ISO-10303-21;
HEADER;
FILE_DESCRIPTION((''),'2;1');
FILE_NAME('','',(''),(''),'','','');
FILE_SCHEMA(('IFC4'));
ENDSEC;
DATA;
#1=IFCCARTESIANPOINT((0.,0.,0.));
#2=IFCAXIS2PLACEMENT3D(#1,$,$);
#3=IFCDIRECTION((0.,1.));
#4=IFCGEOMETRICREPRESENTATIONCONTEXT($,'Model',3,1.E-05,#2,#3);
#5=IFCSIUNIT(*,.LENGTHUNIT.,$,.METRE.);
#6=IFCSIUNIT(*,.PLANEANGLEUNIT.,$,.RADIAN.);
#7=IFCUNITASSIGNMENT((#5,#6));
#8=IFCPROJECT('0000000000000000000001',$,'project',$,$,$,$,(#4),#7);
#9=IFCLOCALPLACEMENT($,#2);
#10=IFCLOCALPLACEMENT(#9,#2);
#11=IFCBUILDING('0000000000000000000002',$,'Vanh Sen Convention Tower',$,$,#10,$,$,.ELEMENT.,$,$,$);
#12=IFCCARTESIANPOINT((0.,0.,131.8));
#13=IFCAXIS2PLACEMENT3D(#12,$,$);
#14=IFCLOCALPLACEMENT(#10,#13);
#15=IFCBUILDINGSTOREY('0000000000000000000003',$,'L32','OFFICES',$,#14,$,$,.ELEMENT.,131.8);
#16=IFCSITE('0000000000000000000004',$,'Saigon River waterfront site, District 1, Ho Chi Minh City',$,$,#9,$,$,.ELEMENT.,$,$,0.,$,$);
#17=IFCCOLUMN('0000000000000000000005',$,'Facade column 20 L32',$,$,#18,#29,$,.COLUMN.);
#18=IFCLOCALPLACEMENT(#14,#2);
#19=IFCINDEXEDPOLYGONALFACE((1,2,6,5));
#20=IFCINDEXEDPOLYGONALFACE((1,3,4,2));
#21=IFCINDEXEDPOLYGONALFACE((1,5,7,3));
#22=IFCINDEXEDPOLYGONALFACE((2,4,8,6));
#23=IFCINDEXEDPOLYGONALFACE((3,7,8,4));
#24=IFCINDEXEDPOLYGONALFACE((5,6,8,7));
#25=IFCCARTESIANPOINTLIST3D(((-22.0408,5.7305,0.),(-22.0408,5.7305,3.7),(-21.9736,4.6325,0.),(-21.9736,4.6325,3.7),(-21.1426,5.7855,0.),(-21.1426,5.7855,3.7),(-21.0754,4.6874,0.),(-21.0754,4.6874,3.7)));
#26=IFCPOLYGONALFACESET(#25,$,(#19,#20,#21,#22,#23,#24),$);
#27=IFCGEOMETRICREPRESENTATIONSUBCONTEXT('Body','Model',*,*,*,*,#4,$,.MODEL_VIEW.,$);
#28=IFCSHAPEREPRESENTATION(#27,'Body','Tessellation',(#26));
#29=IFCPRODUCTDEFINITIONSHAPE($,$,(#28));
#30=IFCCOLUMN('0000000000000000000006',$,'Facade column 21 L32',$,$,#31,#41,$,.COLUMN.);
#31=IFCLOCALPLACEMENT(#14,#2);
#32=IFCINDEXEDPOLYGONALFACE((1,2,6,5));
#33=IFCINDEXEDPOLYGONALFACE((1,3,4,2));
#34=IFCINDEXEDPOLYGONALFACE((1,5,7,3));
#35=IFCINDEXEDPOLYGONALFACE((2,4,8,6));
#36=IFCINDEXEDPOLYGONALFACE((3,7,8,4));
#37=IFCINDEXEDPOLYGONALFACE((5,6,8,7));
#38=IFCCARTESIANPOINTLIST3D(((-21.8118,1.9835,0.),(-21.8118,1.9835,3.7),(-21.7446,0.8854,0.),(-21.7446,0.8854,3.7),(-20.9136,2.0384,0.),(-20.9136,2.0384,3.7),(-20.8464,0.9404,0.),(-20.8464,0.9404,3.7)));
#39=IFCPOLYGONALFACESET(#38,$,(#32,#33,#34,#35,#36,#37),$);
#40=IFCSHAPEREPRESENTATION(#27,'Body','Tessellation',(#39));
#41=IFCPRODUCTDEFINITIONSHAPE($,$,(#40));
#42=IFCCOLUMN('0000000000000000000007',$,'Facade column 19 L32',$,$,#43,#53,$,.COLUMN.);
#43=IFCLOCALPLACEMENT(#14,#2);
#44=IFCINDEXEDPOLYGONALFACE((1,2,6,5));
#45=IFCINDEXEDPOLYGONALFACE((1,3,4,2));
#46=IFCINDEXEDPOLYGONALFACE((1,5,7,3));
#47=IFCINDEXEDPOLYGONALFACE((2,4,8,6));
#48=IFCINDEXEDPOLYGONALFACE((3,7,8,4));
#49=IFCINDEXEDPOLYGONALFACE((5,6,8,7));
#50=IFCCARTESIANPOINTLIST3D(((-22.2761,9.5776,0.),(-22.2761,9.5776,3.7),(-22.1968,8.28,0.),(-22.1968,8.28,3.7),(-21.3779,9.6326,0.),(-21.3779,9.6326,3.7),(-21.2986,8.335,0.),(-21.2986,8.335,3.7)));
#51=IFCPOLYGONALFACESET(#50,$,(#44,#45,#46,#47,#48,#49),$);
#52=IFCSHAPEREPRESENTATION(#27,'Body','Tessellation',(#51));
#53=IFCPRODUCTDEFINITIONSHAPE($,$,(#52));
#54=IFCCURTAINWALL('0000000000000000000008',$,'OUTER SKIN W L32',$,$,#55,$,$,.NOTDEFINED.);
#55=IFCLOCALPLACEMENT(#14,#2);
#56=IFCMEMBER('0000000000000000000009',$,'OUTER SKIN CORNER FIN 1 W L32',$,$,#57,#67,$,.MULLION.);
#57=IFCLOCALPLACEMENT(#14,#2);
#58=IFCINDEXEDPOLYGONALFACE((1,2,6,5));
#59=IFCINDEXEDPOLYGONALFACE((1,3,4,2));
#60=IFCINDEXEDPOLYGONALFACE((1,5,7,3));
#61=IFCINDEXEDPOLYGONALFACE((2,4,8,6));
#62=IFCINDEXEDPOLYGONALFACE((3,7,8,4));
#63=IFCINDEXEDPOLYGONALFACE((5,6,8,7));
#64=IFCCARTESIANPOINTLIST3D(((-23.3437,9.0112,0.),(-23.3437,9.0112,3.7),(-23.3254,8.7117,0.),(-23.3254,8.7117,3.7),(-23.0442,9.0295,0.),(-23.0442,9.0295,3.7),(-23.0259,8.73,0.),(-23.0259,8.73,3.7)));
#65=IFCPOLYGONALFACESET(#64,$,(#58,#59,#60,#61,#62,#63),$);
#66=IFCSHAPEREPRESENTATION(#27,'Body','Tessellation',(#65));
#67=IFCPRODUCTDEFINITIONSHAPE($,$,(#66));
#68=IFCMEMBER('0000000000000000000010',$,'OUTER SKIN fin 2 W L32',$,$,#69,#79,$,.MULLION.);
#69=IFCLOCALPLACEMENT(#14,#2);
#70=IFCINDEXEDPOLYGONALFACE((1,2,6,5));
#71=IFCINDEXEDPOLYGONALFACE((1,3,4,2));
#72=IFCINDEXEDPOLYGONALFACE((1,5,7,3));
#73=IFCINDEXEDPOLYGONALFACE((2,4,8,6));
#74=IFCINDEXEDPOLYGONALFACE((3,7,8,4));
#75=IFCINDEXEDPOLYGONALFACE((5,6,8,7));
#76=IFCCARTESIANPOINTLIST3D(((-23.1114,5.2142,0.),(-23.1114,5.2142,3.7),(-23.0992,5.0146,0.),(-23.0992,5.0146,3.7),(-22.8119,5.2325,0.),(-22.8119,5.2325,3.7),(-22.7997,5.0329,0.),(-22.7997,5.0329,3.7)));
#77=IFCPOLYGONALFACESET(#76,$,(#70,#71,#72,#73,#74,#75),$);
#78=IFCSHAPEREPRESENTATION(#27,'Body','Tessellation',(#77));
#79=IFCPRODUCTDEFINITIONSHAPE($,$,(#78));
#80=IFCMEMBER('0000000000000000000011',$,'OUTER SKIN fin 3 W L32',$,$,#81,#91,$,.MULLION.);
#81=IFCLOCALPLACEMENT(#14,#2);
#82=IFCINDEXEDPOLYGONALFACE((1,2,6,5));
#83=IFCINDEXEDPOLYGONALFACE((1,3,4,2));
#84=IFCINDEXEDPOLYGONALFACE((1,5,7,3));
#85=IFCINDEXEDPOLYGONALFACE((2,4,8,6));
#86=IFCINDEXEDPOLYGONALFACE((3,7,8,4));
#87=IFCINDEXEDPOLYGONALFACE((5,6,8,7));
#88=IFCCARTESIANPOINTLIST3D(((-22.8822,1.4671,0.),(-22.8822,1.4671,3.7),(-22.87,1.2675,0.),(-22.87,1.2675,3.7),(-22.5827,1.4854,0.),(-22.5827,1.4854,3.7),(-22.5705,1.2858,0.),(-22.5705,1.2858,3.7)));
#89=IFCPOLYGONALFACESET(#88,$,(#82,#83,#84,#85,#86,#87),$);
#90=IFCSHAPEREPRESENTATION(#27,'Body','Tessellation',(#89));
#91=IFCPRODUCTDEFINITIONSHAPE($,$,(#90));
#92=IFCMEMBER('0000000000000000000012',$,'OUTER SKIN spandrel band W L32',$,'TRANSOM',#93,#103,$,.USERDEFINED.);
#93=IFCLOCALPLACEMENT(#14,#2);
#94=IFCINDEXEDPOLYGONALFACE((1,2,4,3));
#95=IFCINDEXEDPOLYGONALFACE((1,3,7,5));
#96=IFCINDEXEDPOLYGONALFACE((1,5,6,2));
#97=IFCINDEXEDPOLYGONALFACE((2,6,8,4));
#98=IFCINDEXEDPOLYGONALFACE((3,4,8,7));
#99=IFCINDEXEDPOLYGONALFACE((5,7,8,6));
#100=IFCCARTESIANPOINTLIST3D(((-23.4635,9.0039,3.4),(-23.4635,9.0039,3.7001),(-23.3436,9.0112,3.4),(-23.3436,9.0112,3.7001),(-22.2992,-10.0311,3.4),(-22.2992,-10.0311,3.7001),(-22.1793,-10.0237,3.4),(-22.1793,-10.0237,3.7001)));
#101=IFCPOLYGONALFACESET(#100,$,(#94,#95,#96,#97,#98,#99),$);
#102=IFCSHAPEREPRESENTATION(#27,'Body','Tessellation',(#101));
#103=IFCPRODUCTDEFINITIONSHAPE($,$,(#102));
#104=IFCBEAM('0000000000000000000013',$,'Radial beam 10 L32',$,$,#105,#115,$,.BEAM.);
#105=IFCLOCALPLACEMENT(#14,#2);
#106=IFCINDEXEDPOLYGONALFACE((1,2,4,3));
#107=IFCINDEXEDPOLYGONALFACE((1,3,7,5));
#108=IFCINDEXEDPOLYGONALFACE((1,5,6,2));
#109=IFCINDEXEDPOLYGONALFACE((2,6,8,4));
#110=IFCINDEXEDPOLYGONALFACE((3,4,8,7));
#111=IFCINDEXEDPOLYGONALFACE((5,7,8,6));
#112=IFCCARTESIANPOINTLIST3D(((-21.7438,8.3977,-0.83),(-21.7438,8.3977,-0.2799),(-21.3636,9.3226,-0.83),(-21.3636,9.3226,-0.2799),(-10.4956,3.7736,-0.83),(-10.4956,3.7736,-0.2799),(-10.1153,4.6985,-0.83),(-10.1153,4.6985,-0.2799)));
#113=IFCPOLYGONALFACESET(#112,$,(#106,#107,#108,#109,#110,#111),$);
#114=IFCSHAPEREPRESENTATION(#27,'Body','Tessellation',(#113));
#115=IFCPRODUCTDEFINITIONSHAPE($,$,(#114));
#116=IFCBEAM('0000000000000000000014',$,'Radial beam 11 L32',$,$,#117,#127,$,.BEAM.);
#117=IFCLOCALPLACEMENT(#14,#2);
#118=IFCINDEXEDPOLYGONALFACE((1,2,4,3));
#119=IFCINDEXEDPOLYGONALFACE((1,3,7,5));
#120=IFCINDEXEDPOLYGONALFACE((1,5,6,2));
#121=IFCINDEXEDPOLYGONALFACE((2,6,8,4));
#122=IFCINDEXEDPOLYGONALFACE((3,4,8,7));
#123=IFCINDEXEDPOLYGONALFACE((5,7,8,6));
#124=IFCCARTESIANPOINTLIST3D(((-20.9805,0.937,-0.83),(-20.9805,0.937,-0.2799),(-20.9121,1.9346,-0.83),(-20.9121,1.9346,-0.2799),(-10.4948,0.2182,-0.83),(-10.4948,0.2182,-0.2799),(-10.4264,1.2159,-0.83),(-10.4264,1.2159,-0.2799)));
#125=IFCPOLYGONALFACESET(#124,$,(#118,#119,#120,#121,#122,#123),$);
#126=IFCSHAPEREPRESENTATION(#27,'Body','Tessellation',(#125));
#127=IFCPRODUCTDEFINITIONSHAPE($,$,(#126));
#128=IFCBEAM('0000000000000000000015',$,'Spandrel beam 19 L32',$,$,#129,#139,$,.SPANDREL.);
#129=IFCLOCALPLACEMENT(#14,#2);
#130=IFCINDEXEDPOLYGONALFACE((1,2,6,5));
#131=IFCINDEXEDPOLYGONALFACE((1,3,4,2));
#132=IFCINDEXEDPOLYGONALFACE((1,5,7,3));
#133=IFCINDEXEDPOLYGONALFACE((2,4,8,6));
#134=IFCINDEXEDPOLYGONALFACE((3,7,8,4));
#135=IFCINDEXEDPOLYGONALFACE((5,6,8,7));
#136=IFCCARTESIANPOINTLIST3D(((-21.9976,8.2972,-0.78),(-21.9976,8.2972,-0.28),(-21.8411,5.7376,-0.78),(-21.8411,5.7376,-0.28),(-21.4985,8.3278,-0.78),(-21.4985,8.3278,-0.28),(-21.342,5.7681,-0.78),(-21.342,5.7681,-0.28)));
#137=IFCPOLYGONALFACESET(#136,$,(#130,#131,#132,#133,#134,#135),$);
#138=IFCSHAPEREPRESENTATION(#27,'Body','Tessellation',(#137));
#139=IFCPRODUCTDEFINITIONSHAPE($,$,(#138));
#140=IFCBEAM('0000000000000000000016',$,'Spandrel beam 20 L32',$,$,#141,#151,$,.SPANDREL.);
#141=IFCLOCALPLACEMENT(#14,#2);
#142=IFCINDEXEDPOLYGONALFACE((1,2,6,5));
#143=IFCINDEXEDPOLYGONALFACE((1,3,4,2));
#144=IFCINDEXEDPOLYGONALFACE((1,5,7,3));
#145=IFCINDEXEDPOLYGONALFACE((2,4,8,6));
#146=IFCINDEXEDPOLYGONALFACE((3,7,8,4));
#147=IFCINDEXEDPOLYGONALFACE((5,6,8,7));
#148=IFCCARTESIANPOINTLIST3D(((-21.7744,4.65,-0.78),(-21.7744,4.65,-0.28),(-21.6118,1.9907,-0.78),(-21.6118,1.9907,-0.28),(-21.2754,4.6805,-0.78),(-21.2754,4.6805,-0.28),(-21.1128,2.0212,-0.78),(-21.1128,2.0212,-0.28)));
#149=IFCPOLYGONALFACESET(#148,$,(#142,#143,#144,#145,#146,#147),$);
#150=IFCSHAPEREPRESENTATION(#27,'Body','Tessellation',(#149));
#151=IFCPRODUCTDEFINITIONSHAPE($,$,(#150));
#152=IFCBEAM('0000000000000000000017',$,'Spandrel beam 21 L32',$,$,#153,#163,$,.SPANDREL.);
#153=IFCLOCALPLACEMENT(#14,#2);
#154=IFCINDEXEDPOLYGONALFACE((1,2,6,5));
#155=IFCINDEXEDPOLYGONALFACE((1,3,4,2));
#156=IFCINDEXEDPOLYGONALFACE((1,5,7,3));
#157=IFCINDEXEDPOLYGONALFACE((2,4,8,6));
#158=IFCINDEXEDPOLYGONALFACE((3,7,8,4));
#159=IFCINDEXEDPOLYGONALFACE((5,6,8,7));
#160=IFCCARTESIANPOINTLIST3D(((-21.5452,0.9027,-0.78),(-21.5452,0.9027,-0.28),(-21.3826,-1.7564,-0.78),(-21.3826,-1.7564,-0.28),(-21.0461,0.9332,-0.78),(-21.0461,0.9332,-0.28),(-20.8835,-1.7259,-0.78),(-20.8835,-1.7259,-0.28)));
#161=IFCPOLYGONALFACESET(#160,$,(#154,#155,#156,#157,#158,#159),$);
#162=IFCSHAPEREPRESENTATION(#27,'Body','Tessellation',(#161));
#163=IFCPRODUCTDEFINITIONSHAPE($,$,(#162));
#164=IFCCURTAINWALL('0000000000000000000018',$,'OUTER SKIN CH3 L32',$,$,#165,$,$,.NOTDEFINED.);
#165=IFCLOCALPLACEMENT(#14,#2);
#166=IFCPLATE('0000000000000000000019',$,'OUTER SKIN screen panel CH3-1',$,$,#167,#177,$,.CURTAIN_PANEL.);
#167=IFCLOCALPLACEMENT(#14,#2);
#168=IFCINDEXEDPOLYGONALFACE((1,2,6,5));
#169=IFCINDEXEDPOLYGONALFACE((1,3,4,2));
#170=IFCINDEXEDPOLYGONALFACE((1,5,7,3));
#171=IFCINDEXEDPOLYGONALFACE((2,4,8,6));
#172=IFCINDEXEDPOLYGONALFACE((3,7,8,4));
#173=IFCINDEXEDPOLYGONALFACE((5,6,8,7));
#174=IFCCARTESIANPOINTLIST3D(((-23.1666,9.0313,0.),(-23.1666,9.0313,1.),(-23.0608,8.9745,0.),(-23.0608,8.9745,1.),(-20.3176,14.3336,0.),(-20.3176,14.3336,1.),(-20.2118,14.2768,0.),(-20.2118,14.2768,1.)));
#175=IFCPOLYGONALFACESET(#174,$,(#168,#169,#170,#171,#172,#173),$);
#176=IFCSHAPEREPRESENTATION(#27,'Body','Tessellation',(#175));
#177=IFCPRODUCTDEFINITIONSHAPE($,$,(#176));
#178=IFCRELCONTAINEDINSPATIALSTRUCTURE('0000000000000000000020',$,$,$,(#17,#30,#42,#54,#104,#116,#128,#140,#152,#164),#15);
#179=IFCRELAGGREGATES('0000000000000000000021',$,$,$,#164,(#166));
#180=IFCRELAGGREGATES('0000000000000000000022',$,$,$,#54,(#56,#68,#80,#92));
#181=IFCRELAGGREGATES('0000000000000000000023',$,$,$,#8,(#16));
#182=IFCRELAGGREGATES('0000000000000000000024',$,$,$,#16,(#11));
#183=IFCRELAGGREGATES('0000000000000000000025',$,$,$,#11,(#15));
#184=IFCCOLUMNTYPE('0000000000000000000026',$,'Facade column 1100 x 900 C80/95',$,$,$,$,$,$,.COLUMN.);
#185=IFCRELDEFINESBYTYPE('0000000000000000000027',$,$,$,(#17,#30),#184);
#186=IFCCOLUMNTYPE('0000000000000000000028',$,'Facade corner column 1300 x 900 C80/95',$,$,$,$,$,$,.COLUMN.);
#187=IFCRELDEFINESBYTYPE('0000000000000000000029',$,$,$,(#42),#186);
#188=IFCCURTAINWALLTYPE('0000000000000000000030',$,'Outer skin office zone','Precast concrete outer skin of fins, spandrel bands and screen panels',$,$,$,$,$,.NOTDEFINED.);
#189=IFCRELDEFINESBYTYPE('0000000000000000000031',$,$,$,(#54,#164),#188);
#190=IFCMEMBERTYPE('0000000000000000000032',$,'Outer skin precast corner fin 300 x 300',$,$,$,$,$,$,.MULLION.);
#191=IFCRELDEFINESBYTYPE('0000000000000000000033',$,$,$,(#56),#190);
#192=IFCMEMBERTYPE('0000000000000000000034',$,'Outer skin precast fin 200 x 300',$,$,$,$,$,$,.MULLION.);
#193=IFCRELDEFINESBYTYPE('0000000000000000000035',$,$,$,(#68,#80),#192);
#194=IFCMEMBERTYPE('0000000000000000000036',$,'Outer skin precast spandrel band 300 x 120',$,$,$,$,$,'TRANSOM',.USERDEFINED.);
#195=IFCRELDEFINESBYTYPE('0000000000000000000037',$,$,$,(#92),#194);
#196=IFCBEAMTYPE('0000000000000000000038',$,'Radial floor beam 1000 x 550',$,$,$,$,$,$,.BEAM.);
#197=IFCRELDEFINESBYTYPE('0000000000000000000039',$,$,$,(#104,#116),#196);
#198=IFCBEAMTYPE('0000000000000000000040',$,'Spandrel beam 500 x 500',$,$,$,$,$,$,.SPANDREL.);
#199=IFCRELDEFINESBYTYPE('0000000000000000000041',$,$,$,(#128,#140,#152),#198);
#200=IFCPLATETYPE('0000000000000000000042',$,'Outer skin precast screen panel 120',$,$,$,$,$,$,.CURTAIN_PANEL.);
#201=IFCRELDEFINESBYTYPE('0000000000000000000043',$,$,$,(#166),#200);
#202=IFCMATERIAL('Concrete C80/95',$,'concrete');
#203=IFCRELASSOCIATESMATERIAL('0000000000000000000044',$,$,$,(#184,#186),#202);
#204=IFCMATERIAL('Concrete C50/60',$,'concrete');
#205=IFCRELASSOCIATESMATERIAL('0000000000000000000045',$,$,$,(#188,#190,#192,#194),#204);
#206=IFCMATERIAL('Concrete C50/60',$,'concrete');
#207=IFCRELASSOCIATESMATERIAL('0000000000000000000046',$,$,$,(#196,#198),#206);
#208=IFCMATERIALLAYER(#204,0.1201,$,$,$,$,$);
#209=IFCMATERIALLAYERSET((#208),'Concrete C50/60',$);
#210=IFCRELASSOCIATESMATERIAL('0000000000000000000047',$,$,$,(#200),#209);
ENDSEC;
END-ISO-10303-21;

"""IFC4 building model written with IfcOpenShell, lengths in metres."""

from ifc_helpers import new_model, si_unit, direction, frame, origin, origin_2d, place, context, subcontext, project, spatial, rectangle, extrude, material, layer, layer_set, material_profile, profile_set, type_object, element, aggregate, save


model = new_model("IFC4")

# Units and contexts
model_context = context("Model", 3, precision=1e-05, world=origin(), true_north=direction((0.0, 1.0)))
body_context = subcontext(model_context, "Body", "Model", "MODEL_VIEW")
ifc_project = project(units=[si_unit("LENGTHUNIT", "METRE"), si_unit("PLANEANGLEUNIT", "RADIAN")], contexts=[model_context])

# Site, building, storey
site_placement = place(None, origin())
site = spatial("IfcSite", under=ifc_project, at=site_placement, Name="Saigon River waterfront site, District 1, Ho Chi Minh City", CompositionType="ELEMENT", RefElevation=0.0)
building_placement = place(site_placement, origin())
building = spatial("IfcBuilding", under=site, at=building_placement, Name="Vanh Sen Convention Tower", CompositionType="ELEMENT")
storey_placement = place(building_placement, frame((0.0, 0.0, 131.8)))
storey = spatial("IfcBuildingStorey", under=building, at=storey_placement, Name="L32", Description="OFFICES", CompositionType="ELEMENT", Elevation=131.8)

# Columns
ifc_material_1 = material(Name="Concrete C80/95", Category="concrete")
ifc_material_profile_1 = material_profile(ifc_material_1, rectangle(XDim=1.1001, YDim=0.8999, at=origin_2d()), Name="RC 1100X900")
ifc_profile_set_1 = profile_set([ifc_material_profile_1], Name="Concrete C80/95")
column_type_1 = type_object("IfcColumnType", Name="Facade column 1100 x 900 C80/95", PredefinedType="COLUMN", material=ifc_profile_set_1)
for number, where, z_axis, x_axis, name in (
    (1, (-21.5581, 5.209, 0.0), (0.0, 0.0, 1.0), (0.061049, -0.998135, 0.0), "Facade column 20 L32"),
    (2, (-21.3291, 1.4619, 0.0), (0.0, 0.0, 1.0), (0.061049, -0.998135, 0.0), "Facade column 21 L32"),
):
    element("IfcColumn", number, at=place(storey_placement, frame(where, z_axis=z_axis, x_axis=x_axis)), inside=storey, type_object=column_type_1, Name=name, PredefinedType="COLUMN", context=body_context, shape_type="SweptSolid", body=[
        extrude(rectangle(XDim=1.1001, YDim=0.8999, at=origin_2d()), origin(), (0.0, 0.0, 1.0), 3.7),
    ])
ifc_material_profile_2 = material_profile(ifc_material_1, rectangle(XDim=1.3, YDim=0.8999, at=origin_2d()), Name="RC 1300X900")
ifc_profile_set_2 = profile_set([ifc_material_profile_2], Name="Concrete C80/95")
column_type_2 = type_object("IfcColumnType", Name="Facade corner column 1300 x 900 C80/95", PredefinedType="COLUMN", material=ifc_profile_set_2)
column_placement = place(storey_placement, frame((-21.7874, 8.9563, 0.0), z_axis=(0.0, 0.0, 1.0), x_axis=(0.061049, -0.998135, 0.0)))
element("IfcColumn", 3, at=column_placement, inside=storey, type_object=column_type_2, Name="Facade column 19 L32", PredefinedType="COLUMN", context=body_context, shape_type="SweptSolid", body=[
    extrude(rectangle(XDim=1.3, YDim=0.8999, at=origin_2d()), origin(), (0.0, 0.0, 1.0), 3.7),
])

# Curtain wall, members
ifc_material_2 = material(Name="Concrete C50/60", Category="concrete")
curtain_wall_type = type_object("IfcCurtainWallType", Name="Outer skin office zone", Description="Precast concrete outer skin of fins, spandrel bands and screen panels", PredefinedType="NOTDEFINED", material=ifc_material_2)
curtain_wall_1_placement = place(storey_placement, origin())
curtain_wall_1 = element("IfcCurtainWall", 4, at=curtain_wall_1_placement, inside=storey, type_object=curtain_wall_type, Name="OUTER SKIN W L32", PredefinedType="NOTDEFINED")
ifc_material_profile_3 = material_profile(ifc_material_2, rectangle(XDim=0.3, YDim=0.3, at=origin_2d()), Name="Outer skin precast corner fin 300 x 300")
ifc_profile_set_3 = profile_set([ifc_material_profile_3], Name="Concrete C50/60")
member_type_1 = type_object("IfcMemberType", Name="Outer skin precast corner fin 300 x 300", PredefinedType="MULLION", material=ifc_profile_set_3)
member_1_placement = place(storey_placement, frame((-23.1848, 8.8706, 0.0), z_axis=(0.0, 0.0, 1.0), x_axis=(0.061049, -0.998135, 0.0)))
member_1 = element("IfcMember", 5, at=member_1_placement, type_object=member_type_1, Name="OUTER SKIN CORNER FIN 1 W L32", PredefinedType="MULLION", context=body_context, shape_type="SweptSolid", body=[
    extrude(rectangle(XDim=0.3, YDim=0.3, at=origin_2d()), origin(), (0.0, 0.0, 1.0), 3.7),
])
ifc_material_profile_4 = material_profile(ifc_material_2, rectangle(XDim=0.2, YDim=0.3, at=origin_2d()), Name="Outer skin precast fin 200 x 300")
ifc_profile_set_4 = profile_set([ifc_material_profile_4], Name="Concrete C50/60")
member_type_2 = type_object("IfcMemberType", Name="Outer skin precast fin 200 x 300", PredefinedType="MULLION", material=ifc_profile_set_4)
member_2_placement = place(storey_placement, frame((-22.9556, 5.1235, 0.0), z_axis=(0.0, 0.0, 1.0), x_axis=(0.061049, -0.998135, 0.0)))
member_2 = element("IfcMember", 6, at=member_2_placement, type_object=member_type_2, Name="OUTER SKIN fin 2 W L32", PredefinedType="MULLION", context=body_context, shape_type="SweptSolid", body=[
    extrude(rectangle(XDim=0.2, YDim=0.3, at=origin_2d()), origin(), (0.0, 0.0, 1.0), 3.7),
])
member_3_placement = place(storey_placement, frame((-22.7263, 1.3765, 0.0), z_axis=(0.0, 0.0, 1.0), x_axis=(0.061049, -0.998135, 0.0)))
member_3 = element("IfcMember", 7, at=member_3_placement, type_object=member_type_2, Name="OUTER SKIN fin 3 W L32", PredefinedType="MULLION", context=body_context, shape_type="SweptSolid", body=[
    extrude(rectangle(XDim=0.2, YDim=0.3, at=origin_2d()), origin(), (0.0, 0.0, 1.0), 3.7),
])
ifc_material_profile_5 = material_profile(ifc_material_2, rectangle(XDim=0.1201, YDim=0.3, at=origin_2d()), Name="Outer skin precast spandrel band 300 x 120")
ifc_profile_set_5 = profile_set([ifc_material_profile_5], Name="Concrete C50/60")
member_type_3 = type_object("IfcMemberType", Name="Outer skin precast spandrel band 300 x 120", ElementType="TRANSOM", PredefinedType="USERDEFINED", material=ifc_profile_set_5)
member_4_placement = place(storey_placement, frame((-23.4036, 9.0076, 3.55), z_axis=(0.061053, -0.998135, 0.0), x_axis=(0.998135, 0.061053, 0.0)))
member_4 = element("IfcMember", 8, at=member_4_placement, type_object=member_type_3, Name="OUTER SKIN spandrel band W L32", ObjectType="TRANSOM", PredefinedType="USERDEFINED", context=body_context, shape_type="SweptSolid", body=[
    extrude(rectangle(XDim=0.1201, YDim=0.3, at=origin_2d()), origin(), (0.0, 0.0, 1.0), 19.0706),
])

# Beams
ifc_material_3 = material(Name="Concrete C50/60", Category="concrete")
ifc_material_profile_6 = material_profile(ifc_material_3, rectangle(XDim=1.0, YDim=0.55, at=origin_2d()), Name="RC 1000X550")
ifc_profile_set_6 = profile_set([ifc_material_profile_6], Name="Concrete C50/60")
beam_type_1 = type_object("IfcBeamType", Name="Radial floor beam 1000 x 550", PredefinedType="BEAM", material=ifc_profile_set_6)
beam_1_placement = place(storey_placement, frame((-21.5537, 8.8601, -0.5549), z_axis=(0.924899, -0.380214, 0.0), x_axis=(0.380214, 0.924899, 0.0)))
element("IfcBeam", 9, at=beam_1_placement, inside=storey, type_object=beam_type_1, Name="Radial beam 10 L32", PredefinedType="BEAM", context=body_context, shape_type="SweptSolid", body=[
    extrude(rectangle(XDim=1.0, YDim=0.55, at=origin_2d()), origin(), (0.0, 0.0, 1.0), 12.1616),
])
beam_2_placement = place(storey_placement, frame((-20.9463, 1.4358, -0.5549), z_axis=(0.997659, -0.068386, 0.0), x_axis=(0.068386, 0.997659, 0.0)))
element("IfcBeam", 10, at=beam_2_placement, inside=storey, type_object=beam_type_1, Name="Radial beam 11 L32", PredefinedType="BEAM", context=body_context, shape_type="SweptSolid", body=[
    extrude(rectangle(XDim=1.0, YDim=0.55, at=origin_2d()), origin(), (0.0, 0.0, 1.0), 10.5103),
])
ifc_material_profile_7 = material_profile(ifc_material_3, rectangle(XDim=0.5, YDim=0.5, at=origin_2d()), Name="RC 500X500")
ifc_profile_set_7 = profile_set([ifc_material_profile_7], Name="Concrete C50/60")
beam_type_2 = type_object("IfcBeamType", Name="Spandrel beam 500 x 500", PredefinedType="SPANDREL", material=ifc_profile_set_7)
beam_3_placement = place(storey_placement, frame((-21.748, 8.3125, -0.53), z_axis=(0.061027, -0.998136, 0.0), x_axis=(0.998136, 0.061027, 0.0)))
element("IfcBeam", 11, at=beam_3_placement, inside=storey, type_object=beam_type_2, Name="Spandrel beam 19 L32", PredefinedType="SPANDREL", context=body_context, shape_type="SweptSolid", body=[
    extrude(rectangle(XDim=0.5, YDim=0.5, at=origin_2d()), origin(), (0.0, 0.0, 1.0), 2.5645),
])
beam_4_placement = place(storey_placement, frame((-21.5249, 4.6653, -0.53), z_axis=(0.061026, -0.998136, 0.0), x_axis=(0.998136, 0.061026, 0.0)))
element("IfcBeam", 12, at=beam_4_placement, inside=storey, type_object=beam_type_2, Name="Spandrel beam 20 L32", PredefinedType="SPANDREL", context=body_context, shape_type="SweptSolid", body=[
    extrude(rectangle(XDim=0.5, YDim=0.5, at=origin_2d()), origin(), (0.0, 0.0, 1.0), 2.6643),
])
beam_5_placement = place(storey_placement, frame((-21.2957, 0.918, -0.53), z_axis=(0.061032, -0.998136, 0.0), x_axis=(0.998136, 0.061032, 0.0)))
element("IfcBeam", 13, at=beam_5_placement, inside=storey, type_object=beam_type_2, Name="Spandrel beam 21 L32", PredefinedType="SPANDREL", context=body_context, shape_type="SweptSolid", body=[
    extrude(rectangle(XDim=0.5, YDim=0.5, at=origin_2d()), origin(), (0.0, 0.0, 1.0), 2.6641),
])

# Curtain wall, plate
curtain_wall_2_placement = place(storey_placement, origin())
curtain_wall_2 = element("IfcCurtainWall", 14, at=curtain_wall_2_placement, inside=storey, type_object=curtain_wall_type, Name="OUTER SKIN CH3 L32", PredefinedType="NOTDEFINED")
ifc_layer_1 = layer(ifc_material_2, 0.1201)
ifc_layer_set_1 = layer_set([ifc_layer_1], Name="Concrete C50/60")
plate_type = type_object("IfcPlateType", Name="Outer skin precast screen panel 120", PredefinedType="CURTAIN_PANEL", material=ifc_layer_set_1)
plate_1_placement = place(storey_placement, frame((-21.6892, 11.6541, 0.0), z_axis=(0.0, 0.0, 1.0), x_axis=(-0.473318, -0.880892, 0.0)))
plate_1 = element("IfcPlate", 15, at=plate_1_placement, type_object=plate_type, Name="OUTER SKIN screen panel CH3-1", PredefinedType="CURTAIN_PANEL", context=body_context, shape_type="SweptSolid", body=[
    extrude(rectangle(XDim=6.0193, YDim=0.1201, at=origin_2d()), origin(), (0.0, 0.0, 1.0), 1.0),
])
aggregate(curtain_wall_2, [plate_1])

aggregate(curtain_wall_1, [member_1, member_2, member_3, member_4])

save(model, "model.ifc")
